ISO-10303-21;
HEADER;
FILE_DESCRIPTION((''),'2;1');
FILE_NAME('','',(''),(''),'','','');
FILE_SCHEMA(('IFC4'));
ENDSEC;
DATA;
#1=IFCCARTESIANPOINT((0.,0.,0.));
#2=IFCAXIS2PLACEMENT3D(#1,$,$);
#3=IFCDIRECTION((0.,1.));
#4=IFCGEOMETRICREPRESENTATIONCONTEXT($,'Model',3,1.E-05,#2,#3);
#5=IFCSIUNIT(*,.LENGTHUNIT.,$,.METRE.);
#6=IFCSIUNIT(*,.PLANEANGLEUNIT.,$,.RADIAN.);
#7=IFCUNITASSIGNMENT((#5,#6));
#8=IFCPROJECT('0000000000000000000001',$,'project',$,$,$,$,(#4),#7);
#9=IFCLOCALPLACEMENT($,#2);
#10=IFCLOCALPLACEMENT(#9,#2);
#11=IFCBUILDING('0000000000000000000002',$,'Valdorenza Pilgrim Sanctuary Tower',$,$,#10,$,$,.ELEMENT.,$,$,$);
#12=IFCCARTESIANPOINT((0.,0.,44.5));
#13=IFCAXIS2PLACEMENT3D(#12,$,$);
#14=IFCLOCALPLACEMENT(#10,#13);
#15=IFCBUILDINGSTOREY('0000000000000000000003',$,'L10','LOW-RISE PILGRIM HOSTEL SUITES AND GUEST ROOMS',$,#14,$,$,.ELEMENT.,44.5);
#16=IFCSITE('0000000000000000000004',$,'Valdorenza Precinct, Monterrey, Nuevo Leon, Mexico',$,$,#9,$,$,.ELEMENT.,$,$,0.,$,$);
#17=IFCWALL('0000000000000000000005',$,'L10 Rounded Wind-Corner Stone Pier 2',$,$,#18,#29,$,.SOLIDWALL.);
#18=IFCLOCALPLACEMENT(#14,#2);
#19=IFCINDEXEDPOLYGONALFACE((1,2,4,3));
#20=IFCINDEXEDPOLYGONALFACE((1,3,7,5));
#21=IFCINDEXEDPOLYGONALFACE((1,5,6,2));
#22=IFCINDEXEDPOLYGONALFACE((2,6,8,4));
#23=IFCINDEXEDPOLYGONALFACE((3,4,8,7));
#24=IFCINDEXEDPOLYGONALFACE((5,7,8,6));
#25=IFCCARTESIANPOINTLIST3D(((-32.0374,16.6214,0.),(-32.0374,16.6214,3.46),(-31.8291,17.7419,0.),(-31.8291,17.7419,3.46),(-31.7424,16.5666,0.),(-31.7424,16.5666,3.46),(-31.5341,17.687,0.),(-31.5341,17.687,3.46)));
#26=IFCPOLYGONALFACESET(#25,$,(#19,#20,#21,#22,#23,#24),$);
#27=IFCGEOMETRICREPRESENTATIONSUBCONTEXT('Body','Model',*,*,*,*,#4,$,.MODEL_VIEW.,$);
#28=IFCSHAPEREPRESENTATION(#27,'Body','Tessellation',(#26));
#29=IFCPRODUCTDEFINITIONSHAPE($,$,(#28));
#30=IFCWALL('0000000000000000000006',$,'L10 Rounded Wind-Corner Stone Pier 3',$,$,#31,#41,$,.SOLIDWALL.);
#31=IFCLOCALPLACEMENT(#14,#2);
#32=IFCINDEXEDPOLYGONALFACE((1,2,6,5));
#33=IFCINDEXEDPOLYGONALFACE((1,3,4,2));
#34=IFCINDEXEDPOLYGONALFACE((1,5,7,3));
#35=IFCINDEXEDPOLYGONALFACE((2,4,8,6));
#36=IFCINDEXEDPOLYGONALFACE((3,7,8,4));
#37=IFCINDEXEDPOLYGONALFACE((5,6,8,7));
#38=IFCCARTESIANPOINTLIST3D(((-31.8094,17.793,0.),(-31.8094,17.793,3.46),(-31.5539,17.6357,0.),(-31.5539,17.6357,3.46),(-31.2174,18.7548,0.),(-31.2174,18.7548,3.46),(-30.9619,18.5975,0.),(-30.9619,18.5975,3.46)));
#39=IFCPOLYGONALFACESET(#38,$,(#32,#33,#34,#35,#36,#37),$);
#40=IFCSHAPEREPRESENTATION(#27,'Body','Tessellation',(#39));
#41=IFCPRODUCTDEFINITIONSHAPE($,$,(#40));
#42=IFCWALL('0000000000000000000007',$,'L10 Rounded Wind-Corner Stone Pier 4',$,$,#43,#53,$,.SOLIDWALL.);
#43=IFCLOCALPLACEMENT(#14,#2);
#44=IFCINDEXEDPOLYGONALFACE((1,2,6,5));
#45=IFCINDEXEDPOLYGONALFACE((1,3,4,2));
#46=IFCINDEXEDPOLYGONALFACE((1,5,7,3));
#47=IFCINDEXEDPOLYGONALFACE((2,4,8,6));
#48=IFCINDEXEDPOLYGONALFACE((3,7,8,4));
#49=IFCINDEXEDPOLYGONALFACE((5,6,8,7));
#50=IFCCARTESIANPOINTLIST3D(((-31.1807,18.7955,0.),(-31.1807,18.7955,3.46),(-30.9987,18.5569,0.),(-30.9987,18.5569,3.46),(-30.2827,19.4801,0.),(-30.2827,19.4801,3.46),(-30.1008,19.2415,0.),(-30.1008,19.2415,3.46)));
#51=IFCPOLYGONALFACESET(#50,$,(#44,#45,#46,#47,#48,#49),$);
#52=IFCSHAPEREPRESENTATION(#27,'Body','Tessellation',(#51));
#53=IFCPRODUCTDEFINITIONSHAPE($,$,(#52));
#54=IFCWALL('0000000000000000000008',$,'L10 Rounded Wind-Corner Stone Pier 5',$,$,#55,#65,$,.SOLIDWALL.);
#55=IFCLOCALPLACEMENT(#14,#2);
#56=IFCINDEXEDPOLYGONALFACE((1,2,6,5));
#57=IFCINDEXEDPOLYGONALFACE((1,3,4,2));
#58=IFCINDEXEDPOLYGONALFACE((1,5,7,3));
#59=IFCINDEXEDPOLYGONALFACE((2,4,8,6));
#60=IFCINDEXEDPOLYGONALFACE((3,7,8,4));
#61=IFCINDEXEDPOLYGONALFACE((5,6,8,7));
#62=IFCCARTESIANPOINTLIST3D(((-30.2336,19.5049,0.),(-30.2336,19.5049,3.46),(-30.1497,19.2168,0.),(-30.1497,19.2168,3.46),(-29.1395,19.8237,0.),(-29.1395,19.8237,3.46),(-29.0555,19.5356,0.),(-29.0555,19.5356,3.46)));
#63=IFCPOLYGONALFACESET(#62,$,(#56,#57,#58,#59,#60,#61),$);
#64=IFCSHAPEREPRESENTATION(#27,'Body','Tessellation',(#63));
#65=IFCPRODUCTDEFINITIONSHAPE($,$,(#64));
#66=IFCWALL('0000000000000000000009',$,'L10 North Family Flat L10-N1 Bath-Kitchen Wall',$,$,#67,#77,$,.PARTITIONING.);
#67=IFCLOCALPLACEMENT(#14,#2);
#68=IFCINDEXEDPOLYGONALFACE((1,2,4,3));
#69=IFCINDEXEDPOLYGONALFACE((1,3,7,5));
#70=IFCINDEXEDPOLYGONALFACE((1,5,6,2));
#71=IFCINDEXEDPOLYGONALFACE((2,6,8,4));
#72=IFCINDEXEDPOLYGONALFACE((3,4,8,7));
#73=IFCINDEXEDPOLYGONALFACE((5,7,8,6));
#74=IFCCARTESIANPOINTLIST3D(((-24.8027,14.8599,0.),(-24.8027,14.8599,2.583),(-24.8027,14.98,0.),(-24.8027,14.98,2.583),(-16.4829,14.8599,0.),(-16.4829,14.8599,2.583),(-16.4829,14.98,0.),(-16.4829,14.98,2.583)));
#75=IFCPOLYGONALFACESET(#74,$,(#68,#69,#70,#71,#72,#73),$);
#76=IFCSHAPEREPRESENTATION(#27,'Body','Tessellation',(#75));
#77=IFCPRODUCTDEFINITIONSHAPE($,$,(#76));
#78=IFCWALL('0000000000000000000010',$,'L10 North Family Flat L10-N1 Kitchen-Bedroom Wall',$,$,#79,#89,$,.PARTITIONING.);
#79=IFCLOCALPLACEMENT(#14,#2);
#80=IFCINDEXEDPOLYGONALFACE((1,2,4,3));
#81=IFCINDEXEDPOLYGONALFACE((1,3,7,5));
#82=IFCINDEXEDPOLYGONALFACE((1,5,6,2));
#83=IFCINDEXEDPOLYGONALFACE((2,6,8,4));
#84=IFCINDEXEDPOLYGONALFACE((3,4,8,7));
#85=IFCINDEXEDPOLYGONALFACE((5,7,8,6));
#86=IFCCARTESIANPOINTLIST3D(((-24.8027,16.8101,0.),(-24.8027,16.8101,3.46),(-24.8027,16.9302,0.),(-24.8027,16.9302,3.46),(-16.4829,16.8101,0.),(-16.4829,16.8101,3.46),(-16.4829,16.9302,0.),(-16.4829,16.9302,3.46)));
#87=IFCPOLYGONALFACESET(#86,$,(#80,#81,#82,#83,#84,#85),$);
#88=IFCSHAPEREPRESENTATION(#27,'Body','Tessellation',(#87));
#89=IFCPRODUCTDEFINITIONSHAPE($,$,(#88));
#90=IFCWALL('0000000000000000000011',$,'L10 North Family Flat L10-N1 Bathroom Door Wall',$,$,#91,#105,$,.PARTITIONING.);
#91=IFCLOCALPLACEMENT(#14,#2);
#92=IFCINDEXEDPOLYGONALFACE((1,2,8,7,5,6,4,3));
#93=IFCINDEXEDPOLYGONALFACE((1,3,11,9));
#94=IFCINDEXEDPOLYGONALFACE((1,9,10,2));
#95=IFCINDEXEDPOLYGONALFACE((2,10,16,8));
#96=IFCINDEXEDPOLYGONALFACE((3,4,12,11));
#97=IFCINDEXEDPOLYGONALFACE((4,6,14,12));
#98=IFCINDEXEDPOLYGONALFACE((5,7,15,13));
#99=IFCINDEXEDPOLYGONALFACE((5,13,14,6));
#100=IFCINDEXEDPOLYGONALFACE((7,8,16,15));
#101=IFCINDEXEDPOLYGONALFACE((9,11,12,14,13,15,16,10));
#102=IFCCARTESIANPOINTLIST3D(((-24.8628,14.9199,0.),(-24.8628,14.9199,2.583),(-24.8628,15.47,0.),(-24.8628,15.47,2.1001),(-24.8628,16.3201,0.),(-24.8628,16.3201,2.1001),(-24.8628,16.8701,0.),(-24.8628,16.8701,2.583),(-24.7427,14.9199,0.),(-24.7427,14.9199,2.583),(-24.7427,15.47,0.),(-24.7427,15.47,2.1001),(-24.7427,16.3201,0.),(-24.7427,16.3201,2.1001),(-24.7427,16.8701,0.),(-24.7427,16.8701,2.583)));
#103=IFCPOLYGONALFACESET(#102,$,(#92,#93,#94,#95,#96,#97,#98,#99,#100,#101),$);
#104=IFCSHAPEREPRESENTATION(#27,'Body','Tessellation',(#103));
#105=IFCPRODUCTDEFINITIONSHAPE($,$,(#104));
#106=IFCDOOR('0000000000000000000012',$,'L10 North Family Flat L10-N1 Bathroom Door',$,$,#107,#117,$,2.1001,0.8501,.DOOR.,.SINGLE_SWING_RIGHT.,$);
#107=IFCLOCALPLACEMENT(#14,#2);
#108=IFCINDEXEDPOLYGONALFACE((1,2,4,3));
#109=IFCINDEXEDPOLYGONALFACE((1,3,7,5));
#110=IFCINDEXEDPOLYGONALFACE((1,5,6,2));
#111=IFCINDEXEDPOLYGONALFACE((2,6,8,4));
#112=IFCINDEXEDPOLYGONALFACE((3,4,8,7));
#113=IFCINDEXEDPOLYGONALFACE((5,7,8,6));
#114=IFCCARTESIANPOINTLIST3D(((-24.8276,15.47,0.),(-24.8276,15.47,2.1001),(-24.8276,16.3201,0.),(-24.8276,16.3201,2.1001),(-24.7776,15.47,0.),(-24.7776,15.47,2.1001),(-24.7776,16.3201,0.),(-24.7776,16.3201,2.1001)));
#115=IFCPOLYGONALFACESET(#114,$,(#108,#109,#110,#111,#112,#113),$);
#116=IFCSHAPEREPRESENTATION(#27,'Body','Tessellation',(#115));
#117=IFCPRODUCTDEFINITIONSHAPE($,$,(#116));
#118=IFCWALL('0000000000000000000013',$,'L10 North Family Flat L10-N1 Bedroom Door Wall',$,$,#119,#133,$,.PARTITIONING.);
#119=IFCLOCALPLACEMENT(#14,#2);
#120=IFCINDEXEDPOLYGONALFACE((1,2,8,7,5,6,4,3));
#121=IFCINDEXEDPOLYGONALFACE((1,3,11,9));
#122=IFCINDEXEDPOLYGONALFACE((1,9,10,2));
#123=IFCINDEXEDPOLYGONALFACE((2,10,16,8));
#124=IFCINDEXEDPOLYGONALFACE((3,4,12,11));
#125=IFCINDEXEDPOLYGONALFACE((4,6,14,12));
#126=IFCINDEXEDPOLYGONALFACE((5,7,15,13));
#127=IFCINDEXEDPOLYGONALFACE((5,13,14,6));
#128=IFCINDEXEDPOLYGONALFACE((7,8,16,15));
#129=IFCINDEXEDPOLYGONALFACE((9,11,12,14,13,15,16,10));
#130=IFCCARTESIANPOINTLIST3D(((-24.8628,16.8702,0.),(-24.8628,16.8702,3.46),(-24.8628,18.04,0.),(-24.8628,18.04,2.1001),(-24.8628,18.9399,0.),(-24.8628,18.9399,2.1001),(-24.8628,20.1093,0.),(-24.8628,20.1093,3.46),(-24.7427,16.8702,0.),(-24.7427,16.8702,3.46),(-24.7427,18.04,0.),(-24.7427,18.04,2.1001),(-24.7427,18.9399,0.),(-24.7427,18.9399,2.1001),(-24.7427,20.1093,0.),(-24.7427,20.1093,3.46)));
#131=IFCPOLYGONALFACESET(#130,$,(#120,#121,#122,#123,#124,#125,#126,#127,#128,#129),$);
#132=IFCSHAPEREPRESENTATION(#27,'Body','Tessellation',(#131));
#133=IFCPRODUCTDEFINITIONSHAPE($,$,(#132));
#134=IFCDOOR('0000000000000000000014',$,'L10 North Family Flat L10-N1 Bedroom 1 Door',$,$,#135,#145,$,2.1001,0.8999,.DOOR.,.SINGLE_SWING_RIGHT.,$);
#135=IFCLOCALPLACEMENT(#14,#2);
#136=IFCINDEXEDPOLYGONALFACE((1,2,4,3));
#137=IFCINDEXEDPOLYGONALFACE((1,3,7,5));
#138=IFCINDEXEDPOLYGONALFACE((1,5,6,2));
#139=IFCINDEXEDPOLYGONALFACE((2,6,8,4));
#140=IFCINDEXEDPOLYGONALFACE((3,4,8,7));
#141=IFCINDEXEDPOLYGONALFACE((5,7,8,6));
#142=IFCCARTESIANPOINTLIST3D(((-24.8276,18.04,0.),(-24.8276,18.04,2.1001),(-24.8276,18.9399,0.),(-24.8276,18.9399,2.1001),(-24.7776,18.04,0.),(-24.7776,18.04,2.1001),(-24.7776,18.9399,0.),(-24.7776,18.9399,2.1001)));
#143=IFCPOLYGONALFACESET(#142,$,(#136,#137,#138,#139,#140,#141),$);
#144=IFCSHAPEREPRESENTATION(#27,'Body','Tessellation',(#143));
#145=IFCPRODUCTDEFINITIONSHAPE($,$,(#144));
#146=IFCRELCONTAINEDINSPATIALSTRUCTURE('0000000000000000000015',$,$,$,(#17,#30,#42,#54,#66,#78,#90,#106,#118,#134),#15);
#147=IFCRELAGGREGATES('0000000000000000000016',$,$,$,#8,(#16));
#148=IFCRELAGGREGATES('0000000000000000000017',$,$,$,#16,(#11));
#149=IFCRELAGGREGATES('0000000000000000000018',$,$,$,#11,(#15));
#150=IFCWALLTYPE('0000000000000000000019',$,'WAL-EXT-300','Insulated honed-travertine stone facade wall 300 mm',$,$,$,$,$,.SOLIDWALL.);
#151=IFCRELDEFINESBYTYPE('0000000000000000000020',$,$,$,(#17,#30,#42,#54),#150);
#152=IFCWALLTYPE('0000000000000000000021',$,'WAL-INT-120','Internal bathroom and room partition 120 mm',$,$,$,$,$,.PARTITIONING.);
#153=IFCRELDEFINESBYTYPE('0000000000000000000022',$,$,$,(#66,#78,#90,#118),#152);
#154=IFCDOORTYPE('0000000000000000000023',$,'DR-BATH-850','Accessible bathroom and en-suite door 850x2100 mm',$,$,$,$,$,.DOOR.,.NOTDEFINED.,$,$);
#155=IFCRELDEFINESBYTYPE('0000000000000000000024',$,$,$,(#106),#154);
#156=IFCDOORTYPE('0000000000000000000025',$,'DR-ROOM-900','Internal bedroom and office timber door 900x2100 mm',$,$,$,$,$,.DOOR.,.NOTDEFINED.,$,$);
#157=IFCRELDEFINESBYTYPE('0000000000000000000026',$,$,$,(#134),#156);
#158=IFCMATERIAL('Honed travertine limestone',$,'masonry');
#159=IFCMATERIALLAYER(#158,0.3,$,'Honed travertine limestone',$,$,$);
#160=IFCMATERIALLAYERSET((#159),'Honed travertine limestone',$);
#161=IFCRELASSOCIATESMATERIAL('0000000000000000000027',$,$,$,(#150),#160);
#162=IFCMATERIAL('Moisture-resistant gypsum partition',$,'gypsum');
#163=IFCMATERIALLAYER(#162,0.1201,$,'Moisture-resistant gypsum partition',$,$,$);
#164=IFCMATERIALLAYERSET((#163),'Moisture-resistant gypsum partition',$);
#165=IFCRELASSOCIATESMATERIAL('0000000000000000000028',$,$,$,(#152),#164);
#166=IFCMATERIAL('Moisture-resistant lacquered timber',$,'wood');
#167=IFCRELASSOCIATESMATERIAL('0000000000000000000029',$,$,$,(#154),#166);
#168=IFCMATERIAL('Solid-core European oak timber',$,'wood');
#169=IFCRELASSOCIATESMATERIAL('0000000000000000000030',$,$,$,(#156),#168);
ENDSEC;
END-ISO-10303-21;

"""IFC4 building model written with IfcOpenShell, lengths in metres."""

from ifc_helpers import new_model, si_unit, direction, frame, frame_2d, origin, place, context, subcontext, project, spatial, rectangle, extrude, material, layer, layer_set, type_object, element, fill, save


model = new_model("IFC4")

# Units and contexts
model_context = context("Model", 3, precision=1e-05, world=origin(), true_north=direction((0.0, 1.0)))
body_context = subcontext(model_context, "Body", "Model", "MODEL_VIEW")
ifc_project = project(units=[si_unit("LENGTHUNIT", "METRE"), si_unit("PLANEANGLEUNIT", "RADIAN")], contexts=[model_context])

# Site, building, storey
site_placement = place(None, origin())
site = spatial("IfcSite", under=ifc_project, at=site_placement, Name="Valdorenza Precinct, Monterrey, Nuevo Leon, Mexico", CompositionType="ELEMENT", RefElevation=0.0)
building_placement = place(site_placement, origin())
building = spatial("IfcBuilding", under=site, at=building_placement, Name="Valdorenza Pilgrim Sanctuary Tower", CompositionType="ELEMENT")
storey_placement = place(building_placement, frame((0.0, 0.0, 44.5)))
storey = spatial("IfcBuildingStorey", under=building, at=storey_placement, Name="L10", Description="LOW-RISE PILGRIM HOSTEL SUITES AND GUEST ROOMS", CompositionType="ELEMENT", Elevation=44.5)

# Shared definitions
ifc_material_1 = material(Name="Honed travertine limestone", Category="masonry")

# Walls
ifc_layer_1 = layer(ifc_material_1, 0.3, Name="Honed travertine limestone")
ifc_layer_set_1 = layer_set([ifc_layer_1], Name="Honed travertine limestone")
wall_type_1 = type_object("IfcWallType", Name="WAL-EXT-300", Description="Insulated honed-travertine stone facade wall 300 mm", PredefinedType="SOLIDWALL", material=ifc_layer_set_1)
wall_1_placement = place(storey_placement, frame((-31.8899, 16.594, 0.0), z_axis=(0.0, 0.0, 1.0), x_axis=(0.182749, 0.98316, 0.0)))
element("IfcWall", 1, at=wall_1_placement, inside=storey, type_object=wall_type_1, Name="L10 Rounded Wind-Corner Stone Pier 2", PredefinedType="SOLIDWALL", context=body_context, shape_type="SweptSolid", body=[
    extrude(rectangle(XDim=1.1396, YDim=0.3, at=frame_2d((0.5698, 0.0))), origin(), (0.0, 0.0, 1.0), 3.46),
])
wall_2_placement = place(storey_placement, frame((-31.6816, 17.7144, 0.0), z_axis=(0.0, 0.0, 1.0), x_axis=(0.524158, 0.851621, 0.0)))
element("IfcWall", 2, at=wall_2_placement, inside=storey, type_object=wall_type_1, Name="L10 Rounded Wind-Corner Stone Pier 3", PredefinedType="SOLIDWALL", context=body_context, shape_type="SweptSolid", body=[
    extrude(rectangle(XDim=1.1294, YDim=0.3, at=frame_2d((0.5647, 0.0))), origin(), (0.0, 0.0, 1.0), 3.46),
])
wall_3_placement = place(storey_placement, frame((-31.0896, 18.6763, 0.0), z_axis=(0.0, 0.0, 1.0), x_axis=(0.795253, 0.606278, 0.0)))
element("IfcWall", 3, at=wall_3_placement, inside=storey, type_object=wall_type_1, Name="L10 Rounded Wind-Corner Stone Pier 4", PredefinedType="SOLIDWALL", context=body_context, shape_type="SweptSolid", body=[
    extrude(rectangle(XDim=1.1292, YDim=0.3, at=frame_2d((0.5645, 0.0))), origin(), (0.0, 0.0, 1.0), 3.46),
])
wall_4_placement = place(storey_placement, frame((-30.1917, 19.3608, 0.0), z_axis=(0.0, 0.0, 1.0), x_axis=(0.960072, 0.279753, 0.0)))
element("IfcWall", 4, at=wall_4_placement, inside=storey, type_object=wall_type_1, Name="L10 Rounded Wind-Corner Stone Pier 5", PredefinedType="SOLIDWALL", context=body_context, shape_type="SweptSolid", body=[
    extrude(rectangle(XDim=1.1396, YDim=0.3, at=frame_2d((0.5698, 0.0))), origin(), (0.0, 0.0, 1.0), 3.46),
])
ifc_material_2 = material(Name="Moisture-resistant gypsum partition", Category="gypsum")
ifc_layer_2 = layer(ifc_material_2, 0.1201, Name="Moisture-resistant gypsum partition")
ifc_layer_set_2 = layer_set([ifc_layer_2], Name="Moisture-resistant gypsum partition")
wall_type_2 = type_object("IfcWallType", Name="WAL-INT-120", Description="Internal bathroom and room partition 120 mm", PredefinedType="PARTITIONING", material=ifc_layer_set_2)
wall_5_placement = place(storey_placement, frame((-24.8027, 14.9199, 0.0), z_axis=(0.0, 0.0, 1.0), x_axis=(1.0, 0.0, 0.0)))
element("IfcWall", 5, at=wall_5_placement, inside=storey, type_object=wall_type_2, Name="L10 North Family Flat L10-N1 Bath-Kitchen Wall", PredefinedType="PARTITIONING", context=body_context, shape_type="SweptSolid", body=[
    extrude(rectangle(XDim=8.3198, YDim=0.1201, at=frame_2d((4.1599, 0.0))), origin(), (0.0, 0.0, 1.0), 2.583),
])
wall_6_placement = place(storey_placement, frame((-24.8027, 16.8701, 0.0), z_axis=(0.0, 0.0, 1.0), x_axis=(1.0, 0.0, 0.0)))
element("IfcWall", 6, at=wall_6_placement, inside=storey, type_object=wall_type_2, Name="L10 North Family Flat L10-N1 Kitchen-Bedroom Wall", PredefinedType="PARTITIONING", context=body_context, shape_type="SweptSolid", body=[
    extrude(rectangle(XDim=8.3198, YDim=0.1201, at=frame_2d((4.1599, 0.0))), origin(), (0.0, 0.0, 1.0), 3.46),
])

# Walls, openings, doors
wall_7_placement = place(storey_placement, frame((-24.8027, 14.9199, 0.0), z_axis=(0.0, 0.0, 1.0), x_axis=(0.0, 1.0, 0.0)))
wall_7 = element("IfcWall", 7, at=wall_7_placement, inside=storey, type_object=wall_type_2, Name="L10 North Family Flat L10-N1 Bathroom Door Wall", PredefinedType="PARTITIONING", context=body_context, shape_type="SweptSolid", body=[
    extrude(rectangle(XDim=1.9502, YDim=0.1201, at=frame_2d((0.9751, 0.0))), origin(), (0.0, 0.0, 1.0), 2.583),
])
opening_1_placement = place(wall_7_placement, frame((0.55, 0.0, 0.0)))
opening_1 = element("IfcOpeningElement", 8, at=opening_1_placement, cuts=wall_7, PredefinedType="OPENING", context=body_context, shape_type="SweptSolid", body=[
    extrude(rectangle(XDim=0.8501, YDim=2.1001, at=frame_2d((0.425, 1.05))), frame((0.0, 0.075, 0.0), z_axis=(0.0, -1.0, 0.0), x_axis=(1.0, 0.0, 0.0)), (0.0, 0.0, 1.0), 0.1499),
])
ifc_material_3 = material(Name="Moisture-resistant lacquered timber", Category="wood")
door_type_1 = type_object("IfcDoorType", Name="DR-BATH-850", Description="Accessible bathroom and en-suite door 850x2100 mm", OperationType="NOTDEFINED", PredefinedType="DOOR", material=ifc_material_3)
door_1_placement = place(opening_1_placement, origin())
door_1 = element("IfcDoor", 9, at=door_1_placement, inside=storey, type_object=door_type_1, Name="L10 North Family Flat L10-N1 Bathroom Door", OperationType="SINGLE_SWING_RIGHT", OverallHeight=2.1001, OverallWidth=0.8501, PredefinedType="DOOR", context=body_context, shape_type="SweptSolid", body=[
    extrude(rectangle(XDim=0.8501, YDim=2.1001, at=frame_2d((0.425, 1.05))), frame((0.0, 0.0249, 0.0), z_axis=(0.0, -1.0, 0.0), x_axis=(1.0, 0.0, 0.0)), (0.0, 0.0, 1.0), 0.05),
])
fill(opening_1, door_1)
wall_8_placement = place(storey_placement, frame((-24.8027, 16.8701, 0.0), z_axis=(0.0, 0.0, 1.0), x_axis=(0.0, 1.0, 0.0)))
wall_8 = element("IfcWall", 10, at=wall_8_placement, inside=storey, type_object=wall_type_2, Name="L10 North Family Flat L10-N1 Bedroom Door Wall", PredefinedType="PARTITIONING", context=body_context, shape_type="SweptSolid", body=[
    extrude(rectangle(XDim=3.239, YDim=0.1201, at=frame_2d((1.6196, 0.0))), origin(), (0.0, 0.0, 1.0), 3.46),
])
opening_2_placement = place(wall_8_placement, frame((1.1699, 0.0, 0.0)))
opening_2 = element("IfcOpeningElement", 11, at=opening_2_placement, cuts=wall_8, PredefinedType="OPENING", context=body_context, shape_type="SweptSolid", body=[
    extrude(rectangle(XDim=0.8999, YDim=2.1001, at=frame_2d((0.45, 1.05))), frame((0.0, 0.075, 0.0), z_axis=(0.0, -1.0, 0.0), x_axis=(1.0, 0.0, 0.0)), (0.0, 0.0, 1.0), 0.1499),
])
ifc_material_4 = material(Name="Solid-core European oak timber", Category="wood")
door_type_2 = type_object("IfcDoorType", Name="DR-ROOM-900", Description="Internal bedroom and office timber door 900x2100 mm", OperationType="NOTDEFINED", PredefinedType="DOOR", material=ifc_material_4)
door_2_placement = place(opening_2_placement, origin())
door_2 = element("IfcDoor", 12, at=door_2_placement, inside=storey, type_object=door_type_2, Name="L10 North Family Flat L10-N1 Bedroom 1 Door", OperationType="SINGLE_SWING_RIGHT", OverallHeight=2.1001, OverallWidth=0.8999, PredefinedType="DOOR", context=body_context, shape_type="SweptSolid", body=[
    extrude(rectangle(XDim=0.8999, YDim=2.1001, at=frame_2d((0.45, 1.05))), frame((0.0, 0.0249, 0.0), z_axis=(0.0, -1.0, 0.0), x_axis=(1.0, 0.0, 0.0)), (0.0, 0.0, 1.0), 0.05),
])
fill(opening_2, door_2)

save(model, "model.ifc")
